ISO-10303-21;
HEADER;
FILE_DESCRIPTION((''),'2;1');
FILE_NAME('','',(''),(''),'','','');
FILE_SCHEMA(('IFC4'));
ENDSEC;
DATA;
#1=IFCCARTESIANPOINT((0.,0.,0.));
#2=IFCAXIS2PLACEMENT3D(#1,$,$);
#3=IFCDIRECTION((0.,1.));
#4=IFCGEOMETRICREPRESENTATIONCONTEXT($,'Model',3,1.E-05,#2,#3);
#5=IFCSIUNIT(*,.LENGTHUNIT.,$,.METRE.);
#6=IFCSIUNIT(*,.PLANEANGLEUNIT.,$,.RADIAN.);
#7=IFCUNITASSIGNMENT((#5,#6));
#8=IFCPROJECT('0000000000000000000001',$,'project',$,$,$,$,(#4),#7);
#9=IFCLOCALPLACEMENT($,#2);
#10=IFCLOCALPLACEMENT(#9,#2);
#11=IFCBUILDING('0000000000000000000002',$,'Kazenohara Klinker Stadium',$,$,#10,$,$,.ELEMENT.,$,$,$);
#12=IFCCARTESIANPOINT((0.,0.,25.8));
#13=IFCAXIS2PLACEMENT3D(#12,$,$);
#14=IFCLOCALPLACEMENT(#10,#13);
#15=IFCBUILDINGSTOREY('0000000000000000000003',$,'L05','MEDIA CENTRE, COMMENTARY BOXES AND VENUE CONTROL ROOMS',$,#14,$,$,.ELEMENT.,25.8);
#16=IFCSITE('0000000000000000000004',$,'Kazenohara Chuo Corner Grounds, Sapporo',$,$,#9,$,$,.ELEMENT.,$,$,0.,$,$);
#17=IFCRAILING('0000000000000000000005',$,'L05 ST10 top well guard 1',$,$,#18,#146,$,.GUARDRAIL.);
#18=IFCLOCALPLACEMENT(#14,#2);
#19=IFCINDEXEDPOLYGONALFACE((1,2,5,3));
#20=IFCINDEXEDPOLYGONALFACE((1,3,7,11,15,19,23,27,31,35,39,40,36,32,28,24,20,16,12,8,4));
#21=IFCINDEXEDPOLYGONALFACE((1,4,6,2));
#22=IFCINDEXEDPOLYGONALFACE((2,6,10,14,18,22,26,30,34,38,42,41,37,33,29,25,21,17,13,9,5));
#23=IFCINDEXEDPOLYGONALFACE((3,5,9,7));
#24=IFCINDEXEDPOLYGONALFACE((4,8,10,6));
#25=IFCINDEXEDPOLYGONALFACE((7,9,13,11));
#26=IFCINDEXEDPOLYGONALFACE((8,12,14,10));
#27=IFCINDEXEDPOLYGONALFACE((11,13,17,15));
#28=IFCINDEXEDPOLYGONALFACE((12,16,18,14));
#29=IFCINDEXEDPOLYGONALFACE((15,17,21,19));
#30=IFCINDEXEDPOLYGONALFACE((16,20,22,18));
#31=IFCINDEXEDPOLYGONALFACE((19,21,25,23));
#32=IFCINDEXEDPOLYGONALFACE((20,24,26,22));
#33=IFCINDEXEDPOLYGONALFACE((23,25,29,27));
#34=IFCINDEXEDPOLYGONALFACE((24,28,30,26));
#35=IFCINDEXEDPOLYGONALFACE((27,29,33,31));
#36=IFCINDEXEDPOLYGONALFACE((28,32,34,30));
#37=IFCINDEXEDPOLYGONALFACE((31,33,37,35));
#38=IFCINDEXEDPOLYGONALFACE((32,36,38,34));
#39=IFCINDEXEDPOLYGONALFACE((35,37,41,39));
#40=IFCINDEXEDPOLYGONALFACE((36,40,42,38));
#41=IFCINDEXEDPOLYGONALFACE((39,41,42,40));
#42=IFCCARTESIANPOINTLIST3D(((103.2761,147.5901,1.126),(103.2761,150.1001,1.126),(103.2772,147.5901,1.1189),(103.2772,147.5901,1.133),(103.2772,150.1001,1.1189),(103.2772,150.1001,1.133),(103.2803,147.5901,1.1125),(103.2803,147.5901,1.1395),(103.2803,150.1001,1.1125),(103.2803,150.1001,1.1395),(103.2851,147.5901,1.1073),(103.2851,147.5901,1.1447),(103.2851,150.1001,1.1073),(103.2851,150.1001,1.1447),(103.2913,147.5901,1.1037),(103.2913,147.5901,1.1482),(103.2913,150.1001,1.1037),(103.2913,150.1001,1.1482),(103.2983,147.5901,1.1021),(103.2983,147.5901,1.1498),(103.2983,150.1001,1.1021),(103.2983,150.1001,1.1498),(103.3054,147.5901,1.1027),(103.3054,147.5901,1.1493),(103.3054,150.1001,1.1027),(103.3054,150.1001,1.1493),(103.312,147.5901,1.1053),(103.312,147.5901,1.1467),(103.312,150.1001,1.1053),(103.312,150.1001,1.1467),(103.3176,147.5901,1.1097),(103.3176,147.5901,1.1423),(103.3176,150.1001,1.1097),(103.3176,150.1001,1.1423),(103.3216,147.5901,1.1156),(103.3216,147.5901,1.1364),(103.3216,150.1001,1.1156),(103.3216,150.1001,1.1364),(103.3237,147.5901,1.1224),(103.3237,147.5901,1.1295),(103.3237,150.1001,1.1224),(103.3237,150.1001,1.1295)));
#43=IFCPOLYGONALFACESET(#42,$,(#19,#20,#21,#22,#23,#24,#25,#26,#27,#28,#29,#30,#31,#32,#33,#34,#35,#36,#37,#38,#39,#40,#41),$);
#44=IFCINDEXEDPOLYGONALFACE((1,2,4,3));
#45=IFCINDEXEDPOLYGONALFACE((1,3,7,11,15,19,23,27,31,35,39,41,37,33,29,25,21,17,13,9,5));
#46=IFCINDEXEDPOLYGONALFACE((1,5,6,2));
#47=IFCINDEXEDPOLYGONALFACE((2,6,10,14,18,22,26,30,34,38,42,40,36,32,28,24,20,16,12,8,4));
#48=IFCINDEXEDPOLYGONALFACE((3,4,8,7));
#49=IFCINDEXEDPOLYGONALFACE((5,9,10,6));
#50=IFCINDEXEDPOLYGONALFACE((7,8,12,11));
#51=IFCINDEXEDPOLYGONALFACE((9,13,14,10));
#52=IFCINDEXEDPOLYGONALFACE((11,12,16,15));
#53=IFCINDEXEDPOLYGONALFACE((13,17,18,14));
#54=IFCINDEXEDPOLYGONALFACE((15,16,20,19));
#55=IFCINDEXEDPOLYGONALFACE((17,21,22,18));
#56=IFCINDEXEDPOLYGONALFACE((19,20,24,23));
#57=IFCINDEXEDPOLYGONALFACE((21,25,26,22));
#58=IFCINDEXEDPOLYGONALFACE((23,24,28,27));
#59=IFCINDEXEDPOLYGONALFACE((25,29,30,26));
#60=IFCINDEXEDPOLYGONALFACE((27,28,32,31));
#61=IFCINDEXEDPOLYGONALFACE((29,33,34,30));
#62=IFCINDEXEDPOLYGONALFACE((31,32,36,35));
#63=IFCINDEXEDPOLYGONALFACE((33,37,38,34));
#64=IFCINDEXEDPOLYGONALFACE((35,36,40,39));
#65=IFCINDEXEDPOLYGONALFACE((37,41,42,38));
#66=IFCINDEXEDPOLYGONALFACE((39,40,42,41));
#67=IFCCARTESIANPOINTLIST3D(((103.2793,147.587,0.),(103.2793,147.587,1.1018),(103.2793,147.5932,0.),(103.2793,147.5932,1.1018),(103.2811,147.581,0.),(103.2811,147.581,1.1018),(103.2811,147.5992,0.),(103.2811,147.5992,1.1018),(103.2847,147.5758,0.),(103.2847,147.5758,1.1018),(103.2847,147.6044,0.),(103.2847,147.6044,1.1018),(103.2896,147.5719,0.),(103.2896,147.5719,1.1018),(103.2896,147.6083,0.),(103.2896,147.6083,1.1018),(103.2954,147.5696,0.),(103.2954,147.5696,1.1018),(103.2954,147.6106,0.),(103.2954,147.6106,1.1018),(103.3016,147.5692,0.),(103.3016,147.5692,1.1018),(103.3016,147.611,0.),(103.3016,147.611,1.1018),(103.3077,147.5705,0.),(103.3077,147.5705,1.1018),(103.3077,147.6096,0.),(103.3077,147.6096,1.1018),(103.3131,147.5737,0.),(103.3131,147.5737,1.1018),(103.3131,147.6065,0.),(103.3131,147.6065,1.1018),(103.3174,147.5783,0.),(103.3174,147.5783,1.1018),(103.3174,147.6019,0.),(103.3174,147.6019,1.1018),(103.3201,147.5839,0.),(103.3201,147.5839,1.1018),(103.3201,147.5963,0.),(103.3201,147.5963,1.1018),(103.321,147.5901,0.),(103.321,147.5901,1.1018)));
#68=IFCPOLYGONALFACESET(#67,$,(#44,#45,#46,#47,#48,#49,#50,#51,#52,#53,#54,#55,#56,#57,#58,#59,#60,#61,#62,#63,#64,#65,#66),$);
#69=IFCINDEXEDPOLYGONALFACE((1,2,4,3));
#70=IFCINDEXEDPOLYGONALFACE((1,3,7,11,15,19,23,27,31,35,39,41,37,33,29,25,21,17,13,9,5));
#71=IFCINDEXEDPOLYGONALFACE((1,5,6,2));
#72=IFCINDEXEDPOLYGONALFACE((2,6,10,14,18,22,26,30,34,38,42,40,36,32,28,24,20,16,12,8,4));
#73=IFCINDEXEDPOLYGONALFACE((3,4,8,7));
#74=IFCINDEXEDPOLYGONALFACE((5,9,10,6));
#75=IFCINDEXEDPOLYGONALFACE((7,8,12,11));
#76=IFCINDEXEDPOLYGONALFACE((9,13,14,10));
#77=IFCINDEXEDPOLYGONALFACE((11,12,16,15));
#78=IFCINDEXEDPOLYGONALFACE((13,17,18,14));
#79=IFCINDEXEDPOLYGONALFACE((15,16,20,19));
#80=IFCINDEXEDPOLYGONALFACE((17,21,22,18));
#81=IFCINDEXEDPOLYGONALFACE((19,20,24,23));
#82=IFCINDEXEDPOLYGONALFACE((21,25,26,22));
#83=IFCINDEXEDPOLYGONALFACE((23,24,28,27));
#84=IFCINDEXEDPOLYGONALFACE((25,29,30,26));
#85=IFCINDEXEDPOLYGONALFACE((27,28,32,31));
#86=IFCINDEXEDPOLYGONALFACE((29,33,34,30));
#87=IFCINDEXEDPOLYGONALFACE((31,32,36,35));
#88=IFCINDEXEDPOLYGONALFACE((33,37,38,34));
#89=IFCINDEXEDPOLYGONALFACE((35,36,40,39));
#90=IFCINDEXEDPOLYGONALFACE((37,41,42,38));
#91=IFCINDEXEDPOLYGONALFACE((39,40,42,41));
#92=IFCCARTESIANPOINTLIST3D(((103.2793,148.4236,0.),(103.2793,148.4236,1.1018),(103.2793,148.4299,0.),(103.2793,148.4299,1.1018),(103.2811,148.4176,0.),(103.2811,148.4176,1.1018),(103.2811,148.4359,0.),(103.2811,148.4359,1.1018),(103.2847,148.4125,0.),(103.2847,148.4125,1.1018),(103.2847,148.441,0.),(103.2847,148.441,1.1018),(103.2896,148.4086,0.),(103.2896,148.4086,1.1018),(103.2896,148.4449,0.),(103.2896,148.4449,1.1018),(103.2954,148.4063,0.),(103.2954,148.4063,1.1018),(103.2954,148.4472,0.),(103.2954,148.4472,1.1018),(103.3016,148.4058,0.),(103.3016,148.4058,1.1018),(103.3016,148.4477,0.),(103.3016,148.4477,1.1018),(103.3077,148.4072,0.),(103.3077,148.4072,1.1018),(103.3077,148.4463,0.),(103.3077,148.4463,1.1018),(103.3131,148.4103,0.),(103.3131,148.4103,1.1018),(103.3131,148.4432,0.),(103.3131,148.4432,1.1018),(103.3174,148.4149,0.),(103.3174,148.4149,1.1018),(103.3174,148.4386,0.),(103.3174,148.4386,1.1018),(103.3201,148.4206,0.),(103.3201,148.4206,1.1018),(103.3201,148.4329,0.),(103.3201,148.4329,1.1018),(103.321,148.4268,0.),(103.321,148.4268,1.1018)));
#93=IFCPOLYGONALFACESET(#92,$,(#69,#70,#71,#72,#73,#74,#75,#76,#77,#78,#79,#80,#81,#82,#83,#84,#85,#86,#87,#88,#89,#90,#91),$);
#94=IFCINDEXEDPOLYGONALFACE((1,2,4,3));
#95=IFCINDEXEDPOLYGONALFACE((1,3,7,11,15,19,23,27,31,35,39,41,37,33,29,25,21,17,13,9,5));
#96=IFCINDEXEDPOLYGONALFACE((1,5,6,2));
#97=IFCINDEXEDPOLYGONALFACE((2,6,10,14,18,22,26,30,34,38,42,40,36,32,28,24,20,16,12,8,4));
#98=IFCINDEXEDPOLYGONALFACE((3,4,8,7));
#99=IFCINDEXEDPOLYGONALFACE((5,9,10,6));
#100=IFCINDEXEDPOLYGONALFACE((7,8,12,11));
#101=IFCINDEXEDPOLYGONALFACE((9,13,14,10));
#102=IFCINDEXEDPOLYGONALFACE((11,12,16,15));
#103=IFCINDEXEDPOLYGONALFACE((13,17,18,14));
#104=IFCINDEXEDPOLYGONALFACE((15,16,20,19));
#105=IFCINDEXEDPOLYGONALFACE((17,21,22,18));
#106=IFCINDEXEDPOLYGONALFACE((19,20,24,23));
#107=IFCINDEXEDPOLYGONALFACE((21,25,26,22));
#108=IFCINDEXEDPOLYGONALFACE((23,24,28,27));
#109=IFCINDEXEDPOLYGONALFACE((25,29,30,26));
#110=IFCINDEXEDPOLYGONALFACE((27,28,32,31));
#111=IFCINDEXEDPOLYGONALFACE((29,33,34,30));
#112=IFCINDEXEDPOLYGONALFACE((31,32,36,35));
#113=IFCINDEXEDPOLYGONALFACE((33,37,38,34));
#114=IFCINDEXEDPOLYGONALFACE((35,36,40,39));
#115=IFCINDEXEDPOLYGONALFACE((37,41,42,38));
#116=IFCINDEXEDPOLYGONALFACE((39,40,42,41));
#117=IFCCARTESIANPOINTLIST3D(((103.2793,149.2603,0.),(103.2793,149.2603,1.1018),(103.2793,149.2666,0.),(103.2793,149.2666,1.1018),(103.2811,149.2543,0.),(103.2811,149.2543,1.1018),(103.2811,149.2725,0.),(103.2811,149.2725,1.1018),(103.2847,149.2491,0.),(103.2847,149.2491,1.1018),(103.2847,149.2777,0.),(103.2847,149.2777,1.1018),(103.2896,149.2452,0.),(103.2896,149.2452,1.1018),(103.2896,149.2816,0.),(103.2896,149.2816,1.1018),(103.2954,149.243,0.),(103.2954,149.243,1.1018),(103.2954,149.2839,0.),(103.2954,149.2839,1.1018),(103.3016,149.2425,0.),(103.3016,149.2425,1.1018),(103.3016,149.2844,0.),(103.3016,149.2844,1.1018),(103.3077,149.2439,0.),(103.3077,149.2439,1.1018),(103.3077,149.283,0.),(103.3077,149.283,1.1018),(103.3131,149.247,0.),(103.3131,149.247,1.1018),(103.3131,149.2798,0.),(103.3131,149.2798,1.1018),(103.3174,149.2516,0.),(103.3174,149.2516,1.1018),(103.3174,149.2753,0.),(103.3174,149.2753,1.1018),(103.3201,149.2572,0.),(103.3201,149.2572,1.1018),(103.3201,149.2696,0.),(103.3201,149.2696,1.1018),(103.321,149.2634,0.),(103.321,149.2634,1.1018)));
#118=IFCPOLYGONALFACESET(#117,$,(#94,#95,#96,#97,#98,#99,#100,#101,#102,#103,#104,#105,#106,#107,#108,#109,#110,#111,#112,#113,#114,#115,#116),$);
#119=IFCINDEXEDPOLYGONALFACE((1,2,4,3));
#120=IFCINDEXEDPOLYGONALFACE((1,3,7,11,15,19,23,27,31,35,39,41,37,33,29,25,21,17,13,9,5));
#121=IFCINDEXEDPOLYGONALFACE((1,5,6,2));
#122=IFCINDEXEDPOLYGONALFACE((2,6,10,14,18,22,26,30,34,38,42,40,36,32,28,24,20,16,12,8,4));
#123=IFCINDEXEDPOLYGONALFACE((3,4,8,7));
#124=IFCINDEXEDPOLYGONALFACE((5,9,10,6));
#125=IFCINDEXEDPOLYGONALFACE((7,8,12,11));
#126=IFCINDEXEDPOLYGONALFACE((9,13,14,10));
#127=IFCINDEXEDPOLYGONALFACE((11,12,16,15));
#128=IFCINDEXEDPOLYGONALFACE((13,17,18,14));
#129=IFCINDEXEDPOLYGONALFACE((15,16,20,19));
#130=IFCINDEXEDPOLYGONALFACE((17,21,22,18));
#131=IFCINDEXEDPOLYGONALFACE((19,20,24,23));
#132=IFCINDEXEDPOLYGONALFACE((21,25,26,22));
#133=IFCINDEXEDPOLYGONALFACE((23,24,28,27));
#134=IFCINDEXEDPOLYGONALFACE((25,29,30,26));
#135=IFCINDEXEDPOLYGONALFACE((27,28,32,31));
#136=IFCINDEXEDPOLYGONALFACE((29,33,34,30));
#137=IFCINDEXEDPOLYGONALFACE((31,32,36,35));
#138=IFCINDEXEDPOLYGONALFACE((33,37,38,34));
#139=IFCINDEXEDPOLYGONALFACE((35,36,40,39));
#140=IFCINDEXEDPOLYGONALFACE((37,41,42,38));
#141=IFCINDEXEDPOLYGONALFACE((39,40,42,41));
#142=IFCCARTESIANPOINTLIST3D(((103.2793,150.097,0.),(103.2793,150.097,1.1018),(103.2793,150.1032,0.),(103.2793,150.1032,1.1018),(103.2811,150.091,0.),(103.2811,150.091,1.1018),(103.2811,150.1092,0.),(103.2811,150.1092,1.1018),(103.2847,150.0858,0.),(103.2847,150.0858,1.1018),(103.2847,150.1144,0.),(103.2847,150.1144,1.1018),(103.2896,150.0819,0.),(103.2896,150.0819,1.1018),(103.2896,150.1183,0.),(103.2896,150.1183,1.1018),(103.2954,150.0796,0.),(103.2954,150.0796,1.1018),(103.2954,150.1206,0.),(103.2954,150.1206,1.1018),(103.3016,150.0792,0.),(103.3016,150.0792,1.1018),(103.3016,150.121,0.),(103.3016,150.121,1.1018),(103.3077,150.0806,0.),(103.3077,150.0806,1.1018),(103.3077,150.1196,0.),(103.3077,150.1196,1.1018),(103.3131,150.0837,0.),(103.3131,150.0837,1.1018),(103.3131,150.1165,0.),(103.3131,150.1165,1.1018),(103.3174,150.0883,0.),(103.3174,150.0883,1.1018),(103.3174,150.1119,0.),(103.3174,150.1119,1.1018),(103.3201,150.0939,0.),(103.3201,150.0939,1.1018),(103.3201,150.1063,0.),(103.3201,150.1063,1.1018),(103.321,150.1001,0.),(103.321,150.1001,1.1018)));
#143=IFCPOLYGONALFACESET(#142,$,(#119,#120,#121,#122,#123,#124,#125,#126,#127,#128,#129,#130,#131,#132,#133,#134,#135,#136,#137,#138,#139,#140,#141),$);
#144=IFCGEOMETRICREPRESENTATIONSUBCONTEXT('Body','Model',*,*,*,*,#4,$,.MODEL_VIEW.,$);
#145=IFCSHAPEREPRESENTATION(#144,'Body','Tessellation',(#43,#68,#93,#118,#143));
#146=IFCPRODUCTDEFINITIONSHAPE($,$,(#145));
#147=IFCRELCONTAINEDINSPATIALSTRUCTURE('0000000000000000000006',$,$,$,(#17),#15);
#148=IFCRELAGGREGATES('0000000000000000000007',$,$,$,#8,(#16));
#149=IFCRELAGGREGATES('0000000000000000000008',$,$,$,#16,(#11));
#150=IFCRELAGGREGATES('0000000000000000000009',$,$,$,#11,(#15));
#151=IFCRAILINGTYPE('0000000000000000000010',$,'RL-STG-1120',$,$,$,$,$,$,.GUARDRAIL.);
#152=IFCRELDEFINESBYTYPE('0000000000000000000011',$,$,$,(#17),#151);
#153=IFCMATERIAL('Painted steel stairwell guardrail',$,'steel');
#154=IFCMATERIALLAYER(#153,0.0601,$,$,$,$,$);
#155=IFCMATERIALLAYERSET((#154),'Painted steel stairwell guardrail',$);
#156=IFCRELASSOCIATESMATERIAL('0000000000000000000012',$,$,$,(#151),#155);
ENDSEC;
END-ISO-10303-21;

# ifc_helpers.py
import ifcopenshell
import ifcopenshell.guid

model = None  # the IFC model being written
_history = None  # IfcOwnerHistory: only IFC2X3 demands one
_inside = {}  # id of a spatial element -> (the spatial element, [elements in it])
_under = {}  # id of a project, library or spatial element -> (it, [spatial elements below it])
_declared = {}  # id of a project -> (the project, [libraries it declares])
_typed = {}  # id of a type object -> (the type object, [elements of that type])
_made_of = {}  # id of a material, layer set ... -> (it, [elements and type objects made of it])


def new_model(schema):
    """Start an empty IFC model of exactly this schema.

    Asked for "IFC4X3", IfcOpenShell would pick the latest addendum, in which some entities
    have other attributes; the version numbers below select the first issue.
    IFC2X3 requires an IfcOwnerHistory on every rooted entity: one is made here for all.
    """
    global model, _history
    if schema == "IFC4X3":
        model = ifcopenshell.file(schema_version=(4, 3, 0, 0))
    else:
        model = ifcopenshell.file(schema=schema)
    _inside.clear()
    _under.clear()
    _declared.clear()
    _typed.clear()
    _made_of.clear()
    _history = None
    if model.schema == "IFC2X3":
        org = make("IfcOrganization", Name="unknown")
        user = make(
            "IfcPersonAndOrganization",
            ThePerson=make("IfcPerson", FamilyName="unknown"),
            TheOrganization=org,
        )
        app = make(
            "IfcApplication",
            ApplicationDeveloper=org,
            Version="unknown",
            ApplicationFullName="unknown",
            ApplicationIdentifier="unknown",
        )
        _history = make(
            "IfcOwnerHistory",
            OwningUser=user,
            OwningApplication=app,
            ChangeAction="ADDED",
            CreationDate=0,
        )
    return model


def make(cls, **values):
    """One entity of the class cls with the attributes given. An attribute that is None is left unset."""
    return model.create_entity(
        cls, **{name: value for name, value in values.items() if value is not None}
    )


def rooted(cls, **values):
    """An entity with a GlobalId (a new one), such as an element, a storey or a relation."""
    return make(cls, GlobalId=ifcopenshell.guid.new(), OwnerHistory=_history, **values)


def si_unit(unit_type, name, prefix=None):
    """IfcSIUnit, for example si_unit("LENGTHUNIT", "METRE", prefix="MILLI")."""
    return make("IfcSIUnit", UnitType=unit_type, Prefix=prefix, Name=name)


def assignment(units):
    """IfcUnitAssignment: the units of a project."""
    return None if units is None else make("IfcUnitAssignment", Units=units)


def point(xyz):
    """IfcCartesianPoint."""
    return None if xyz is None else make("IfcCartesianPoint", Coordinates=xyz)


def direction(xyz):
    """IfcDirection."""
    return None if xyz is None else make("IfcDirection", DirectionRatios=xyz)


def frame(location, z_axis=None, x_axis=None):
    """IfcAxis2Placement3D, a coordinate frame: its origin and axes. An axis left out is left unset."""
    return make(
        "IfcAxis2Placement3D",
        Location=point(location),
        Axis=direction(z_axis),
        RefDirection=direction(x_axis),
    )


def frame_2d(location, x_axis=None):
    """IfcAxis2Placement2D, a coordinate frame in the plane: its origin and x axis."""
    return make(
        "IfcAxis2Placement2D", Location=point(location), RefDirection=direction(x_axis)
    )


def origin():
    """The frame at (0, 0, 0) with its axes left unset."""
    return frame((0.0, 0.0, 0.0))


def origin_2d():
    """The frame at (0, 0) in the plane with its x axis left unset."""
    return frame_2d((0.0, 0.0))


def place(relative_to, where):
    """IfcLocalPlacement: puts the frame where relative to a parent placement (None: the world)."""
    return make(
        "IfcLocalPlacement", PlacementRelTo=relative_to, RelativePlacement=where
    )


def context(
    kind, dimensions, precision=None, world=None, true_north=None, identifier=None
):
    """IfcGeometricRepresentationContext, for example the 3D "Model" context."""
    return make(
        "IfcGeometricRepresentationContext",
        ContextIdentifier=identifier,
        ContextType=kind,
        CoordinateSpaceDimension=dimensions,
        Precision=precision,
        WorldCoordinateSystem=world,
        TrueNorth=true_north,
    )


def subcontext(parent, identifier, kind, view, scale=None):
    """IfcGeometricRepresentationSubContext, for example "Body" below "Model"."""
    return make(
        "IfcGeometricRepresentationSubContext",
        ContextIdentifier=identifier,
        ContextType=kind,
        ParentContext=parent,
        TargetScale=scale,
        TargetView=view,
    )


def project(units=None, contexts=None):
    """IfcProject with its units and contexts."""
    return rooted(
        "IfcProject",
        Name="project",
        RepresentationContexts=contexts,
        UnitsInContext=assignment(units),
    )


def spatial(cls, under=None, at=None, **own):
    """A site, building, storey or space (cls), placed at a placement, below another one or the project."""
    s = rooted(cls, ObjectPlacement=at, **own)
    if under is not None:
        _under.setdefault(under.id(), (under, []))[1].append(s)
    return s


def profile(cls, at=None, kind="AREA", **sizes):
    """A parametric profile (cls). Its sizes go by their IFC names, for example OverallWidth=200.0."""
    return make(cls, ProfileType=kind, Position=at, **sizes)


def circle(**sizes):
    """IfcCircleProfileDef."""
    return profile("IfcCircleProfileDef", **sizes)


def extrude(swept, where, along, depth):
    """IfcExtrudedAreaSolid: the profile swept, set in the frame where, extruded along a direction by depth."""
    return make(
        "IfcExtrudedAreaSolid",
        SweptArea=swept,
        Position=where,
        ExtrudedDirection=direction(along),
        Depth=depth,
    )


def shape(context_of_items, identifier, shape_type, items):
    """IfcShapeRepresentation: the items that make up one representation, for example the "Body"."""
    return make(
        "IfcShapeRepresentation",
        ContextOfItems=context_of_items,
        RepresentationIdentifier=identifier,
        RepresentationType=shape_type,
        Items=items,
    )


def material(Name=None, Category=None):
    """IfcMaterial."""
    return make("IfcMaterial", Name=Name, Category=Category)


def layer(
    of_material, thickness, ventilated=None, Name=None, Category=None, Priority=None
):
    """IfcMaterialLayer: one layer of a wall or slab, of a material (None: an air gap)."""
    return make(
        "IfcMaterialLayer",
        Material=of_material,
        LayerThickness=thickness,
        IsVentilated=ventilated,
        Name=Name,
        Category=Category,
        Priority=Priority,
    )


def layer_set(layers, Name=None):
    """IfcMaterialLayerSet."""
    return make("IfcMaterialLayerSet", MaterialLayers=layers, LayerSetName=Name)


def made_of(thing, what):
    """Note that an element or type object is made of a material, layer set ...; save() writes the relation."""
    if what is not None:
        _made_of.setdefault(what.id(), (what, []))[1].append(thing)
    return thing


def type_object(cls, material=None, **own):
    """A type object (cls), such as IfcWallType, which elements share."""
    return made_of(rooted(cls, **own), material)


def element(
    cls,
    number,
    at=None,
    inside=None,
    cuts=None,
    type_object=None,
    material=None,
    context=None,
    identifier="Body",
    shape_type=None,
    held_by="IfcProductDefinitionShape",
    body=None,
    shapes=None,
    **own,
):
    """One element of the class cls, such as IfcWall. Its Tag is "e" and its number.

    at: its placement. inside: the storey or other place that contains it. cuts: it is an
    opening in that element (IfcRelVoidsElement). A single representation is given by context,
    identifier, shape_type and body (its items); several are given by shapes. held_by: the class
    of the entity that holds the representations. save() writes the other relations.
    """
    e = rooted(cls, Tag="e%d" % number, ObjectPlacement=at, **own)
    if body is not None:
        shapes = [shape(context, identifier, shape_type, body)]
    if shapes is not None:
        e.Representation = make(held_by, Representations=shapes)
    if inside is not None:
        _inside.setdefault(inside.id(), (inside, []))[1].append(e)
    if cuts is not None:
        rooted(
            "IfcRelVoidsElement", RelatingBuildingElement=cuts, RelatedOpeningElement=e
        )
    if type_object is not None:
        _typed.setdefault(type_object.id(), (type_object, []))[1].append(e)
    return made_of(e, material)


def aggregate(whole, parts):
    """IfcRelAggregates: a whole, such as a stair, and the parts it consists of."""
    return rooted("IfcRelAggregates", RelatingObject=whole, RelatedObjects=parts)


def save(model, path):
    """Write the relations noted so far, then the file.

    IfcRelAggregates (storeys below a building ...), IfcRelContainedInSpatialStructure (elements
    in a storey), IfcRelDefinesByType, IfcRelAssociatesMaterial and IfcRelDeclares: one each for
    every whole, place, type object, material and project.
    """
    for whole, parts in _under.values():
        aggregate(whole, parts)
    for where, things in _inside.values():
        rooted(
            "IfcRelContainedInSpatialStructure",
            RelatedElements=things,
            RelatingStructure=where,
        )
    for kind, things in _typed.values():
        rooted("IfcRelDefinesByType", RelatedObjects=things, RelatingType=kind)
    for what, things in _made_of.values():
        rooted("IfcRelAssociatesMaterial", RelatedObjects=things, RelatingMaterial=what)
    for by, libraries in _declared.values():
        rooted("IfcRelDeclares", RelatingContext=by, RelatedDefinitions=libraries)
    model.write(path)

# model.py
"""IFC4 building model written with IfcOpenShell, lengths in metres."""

from ifc_helpers import new_model, si_unit, direction, frame, origin, origin_2d, place, context, subcontext, project, spatial, circle, extrude, material, layer, layer_set, type_object, element, save


model = new_model("IFC4")

# Units and contexts
model_context = context("Model", 3, precision=1e-05, world=origin(), true_north=direction((0.0, 1.0)))
body_context = subcontext(model_context, "Body", "Model", "MODEL_VIEW")
ifc_project = project(units=[si_unit("LENGTHUNIT", "METRE"), si_unit("PLANEANGLEUNIT", "RADIAN")], contexts=[model_context])

# Site, building, storey
site_placement = place(None, origin())
site = spatial("IfcSite", under=ifc_project, at=site_placement, Name="Kazenohara Chuo Corner Grounds, Sapporo", CompositionType="ELEMENT", RefElevation=0.0)
building_placement = place(site_placement, origin())
building = spatial("IfcBuilding", under=site, at=building_placement, Name="Kazenohara Klinker Stadium", CompositionType="ELEMENT")
storey_placement = place(building_placement, frame((0.0, 0.0, 25.8)))
storey = spatial("IfcBuildingStorey", under=building, at=storey_placement, Name="L05", Description="MEDIA CENTRE, COMMENTARY BOXES AND VENUE CONTROL ROOMS", CompositionType="ELEMENT", Elevation=25.8)

# Railing
ifc_material_1 = material(Name="Painted steel stairwell guardrail", Category="steel")
ifc_layer_1 = layer(ifc_material_1, 0.0601)
ifc_layer_set_1 = layer_set([ifc_layer_1], Name="Painted steel stairwell guardrail")
railing_type = type_object("IfcRailingType", Name="RL-STG-1120", PredefinedType="GUARDRAIL", material=ifc_layer_set_1)
railing_placement = place(storey_placement, frame((103.3, 147.5901, 0.0)))
element("IfcRailing", 1, at=railing_placement, inside=storey, type_object=railing_type, Name="L05 ST10 top well guard 1", PredefinedType="GUARDRAIL", context=body_context, shape_type="SweptSolid", body=[
    extrude(circle(Radius=0.0239, at=origin_2d()), frame((0.0, 0.0, 1.126), z_axis=(0.0, 1.0, 0.0), x_axis=(-1.0, 0.0, 0.0)), (0.0, 0.0, 1.0), 2.51),
    extrude(circle(Radius=0.021, at=origin_2d()), origin(), (0.0, 0.0, 1.0), 1.1018),
    extrude(circle(Radius=0.021, at=origin_2d()), frame((0.0, 0.8367, 0.0)), (0.0, 0.0, 1.0), 1.1018),
    extrude(circle(Radius=0.021, at=origin_2d()), frame((0.0, 1.6733, 0.0)), (0.0, 0.0, 1.0), 1.1018),
    extrude(circle(Radius=0.021, at=origin_2d()), frame((0.0, 2.51, 0.0)), (0.0, 0.0, 1.0), 1.1018),
])

save(model, "model.ifc")
